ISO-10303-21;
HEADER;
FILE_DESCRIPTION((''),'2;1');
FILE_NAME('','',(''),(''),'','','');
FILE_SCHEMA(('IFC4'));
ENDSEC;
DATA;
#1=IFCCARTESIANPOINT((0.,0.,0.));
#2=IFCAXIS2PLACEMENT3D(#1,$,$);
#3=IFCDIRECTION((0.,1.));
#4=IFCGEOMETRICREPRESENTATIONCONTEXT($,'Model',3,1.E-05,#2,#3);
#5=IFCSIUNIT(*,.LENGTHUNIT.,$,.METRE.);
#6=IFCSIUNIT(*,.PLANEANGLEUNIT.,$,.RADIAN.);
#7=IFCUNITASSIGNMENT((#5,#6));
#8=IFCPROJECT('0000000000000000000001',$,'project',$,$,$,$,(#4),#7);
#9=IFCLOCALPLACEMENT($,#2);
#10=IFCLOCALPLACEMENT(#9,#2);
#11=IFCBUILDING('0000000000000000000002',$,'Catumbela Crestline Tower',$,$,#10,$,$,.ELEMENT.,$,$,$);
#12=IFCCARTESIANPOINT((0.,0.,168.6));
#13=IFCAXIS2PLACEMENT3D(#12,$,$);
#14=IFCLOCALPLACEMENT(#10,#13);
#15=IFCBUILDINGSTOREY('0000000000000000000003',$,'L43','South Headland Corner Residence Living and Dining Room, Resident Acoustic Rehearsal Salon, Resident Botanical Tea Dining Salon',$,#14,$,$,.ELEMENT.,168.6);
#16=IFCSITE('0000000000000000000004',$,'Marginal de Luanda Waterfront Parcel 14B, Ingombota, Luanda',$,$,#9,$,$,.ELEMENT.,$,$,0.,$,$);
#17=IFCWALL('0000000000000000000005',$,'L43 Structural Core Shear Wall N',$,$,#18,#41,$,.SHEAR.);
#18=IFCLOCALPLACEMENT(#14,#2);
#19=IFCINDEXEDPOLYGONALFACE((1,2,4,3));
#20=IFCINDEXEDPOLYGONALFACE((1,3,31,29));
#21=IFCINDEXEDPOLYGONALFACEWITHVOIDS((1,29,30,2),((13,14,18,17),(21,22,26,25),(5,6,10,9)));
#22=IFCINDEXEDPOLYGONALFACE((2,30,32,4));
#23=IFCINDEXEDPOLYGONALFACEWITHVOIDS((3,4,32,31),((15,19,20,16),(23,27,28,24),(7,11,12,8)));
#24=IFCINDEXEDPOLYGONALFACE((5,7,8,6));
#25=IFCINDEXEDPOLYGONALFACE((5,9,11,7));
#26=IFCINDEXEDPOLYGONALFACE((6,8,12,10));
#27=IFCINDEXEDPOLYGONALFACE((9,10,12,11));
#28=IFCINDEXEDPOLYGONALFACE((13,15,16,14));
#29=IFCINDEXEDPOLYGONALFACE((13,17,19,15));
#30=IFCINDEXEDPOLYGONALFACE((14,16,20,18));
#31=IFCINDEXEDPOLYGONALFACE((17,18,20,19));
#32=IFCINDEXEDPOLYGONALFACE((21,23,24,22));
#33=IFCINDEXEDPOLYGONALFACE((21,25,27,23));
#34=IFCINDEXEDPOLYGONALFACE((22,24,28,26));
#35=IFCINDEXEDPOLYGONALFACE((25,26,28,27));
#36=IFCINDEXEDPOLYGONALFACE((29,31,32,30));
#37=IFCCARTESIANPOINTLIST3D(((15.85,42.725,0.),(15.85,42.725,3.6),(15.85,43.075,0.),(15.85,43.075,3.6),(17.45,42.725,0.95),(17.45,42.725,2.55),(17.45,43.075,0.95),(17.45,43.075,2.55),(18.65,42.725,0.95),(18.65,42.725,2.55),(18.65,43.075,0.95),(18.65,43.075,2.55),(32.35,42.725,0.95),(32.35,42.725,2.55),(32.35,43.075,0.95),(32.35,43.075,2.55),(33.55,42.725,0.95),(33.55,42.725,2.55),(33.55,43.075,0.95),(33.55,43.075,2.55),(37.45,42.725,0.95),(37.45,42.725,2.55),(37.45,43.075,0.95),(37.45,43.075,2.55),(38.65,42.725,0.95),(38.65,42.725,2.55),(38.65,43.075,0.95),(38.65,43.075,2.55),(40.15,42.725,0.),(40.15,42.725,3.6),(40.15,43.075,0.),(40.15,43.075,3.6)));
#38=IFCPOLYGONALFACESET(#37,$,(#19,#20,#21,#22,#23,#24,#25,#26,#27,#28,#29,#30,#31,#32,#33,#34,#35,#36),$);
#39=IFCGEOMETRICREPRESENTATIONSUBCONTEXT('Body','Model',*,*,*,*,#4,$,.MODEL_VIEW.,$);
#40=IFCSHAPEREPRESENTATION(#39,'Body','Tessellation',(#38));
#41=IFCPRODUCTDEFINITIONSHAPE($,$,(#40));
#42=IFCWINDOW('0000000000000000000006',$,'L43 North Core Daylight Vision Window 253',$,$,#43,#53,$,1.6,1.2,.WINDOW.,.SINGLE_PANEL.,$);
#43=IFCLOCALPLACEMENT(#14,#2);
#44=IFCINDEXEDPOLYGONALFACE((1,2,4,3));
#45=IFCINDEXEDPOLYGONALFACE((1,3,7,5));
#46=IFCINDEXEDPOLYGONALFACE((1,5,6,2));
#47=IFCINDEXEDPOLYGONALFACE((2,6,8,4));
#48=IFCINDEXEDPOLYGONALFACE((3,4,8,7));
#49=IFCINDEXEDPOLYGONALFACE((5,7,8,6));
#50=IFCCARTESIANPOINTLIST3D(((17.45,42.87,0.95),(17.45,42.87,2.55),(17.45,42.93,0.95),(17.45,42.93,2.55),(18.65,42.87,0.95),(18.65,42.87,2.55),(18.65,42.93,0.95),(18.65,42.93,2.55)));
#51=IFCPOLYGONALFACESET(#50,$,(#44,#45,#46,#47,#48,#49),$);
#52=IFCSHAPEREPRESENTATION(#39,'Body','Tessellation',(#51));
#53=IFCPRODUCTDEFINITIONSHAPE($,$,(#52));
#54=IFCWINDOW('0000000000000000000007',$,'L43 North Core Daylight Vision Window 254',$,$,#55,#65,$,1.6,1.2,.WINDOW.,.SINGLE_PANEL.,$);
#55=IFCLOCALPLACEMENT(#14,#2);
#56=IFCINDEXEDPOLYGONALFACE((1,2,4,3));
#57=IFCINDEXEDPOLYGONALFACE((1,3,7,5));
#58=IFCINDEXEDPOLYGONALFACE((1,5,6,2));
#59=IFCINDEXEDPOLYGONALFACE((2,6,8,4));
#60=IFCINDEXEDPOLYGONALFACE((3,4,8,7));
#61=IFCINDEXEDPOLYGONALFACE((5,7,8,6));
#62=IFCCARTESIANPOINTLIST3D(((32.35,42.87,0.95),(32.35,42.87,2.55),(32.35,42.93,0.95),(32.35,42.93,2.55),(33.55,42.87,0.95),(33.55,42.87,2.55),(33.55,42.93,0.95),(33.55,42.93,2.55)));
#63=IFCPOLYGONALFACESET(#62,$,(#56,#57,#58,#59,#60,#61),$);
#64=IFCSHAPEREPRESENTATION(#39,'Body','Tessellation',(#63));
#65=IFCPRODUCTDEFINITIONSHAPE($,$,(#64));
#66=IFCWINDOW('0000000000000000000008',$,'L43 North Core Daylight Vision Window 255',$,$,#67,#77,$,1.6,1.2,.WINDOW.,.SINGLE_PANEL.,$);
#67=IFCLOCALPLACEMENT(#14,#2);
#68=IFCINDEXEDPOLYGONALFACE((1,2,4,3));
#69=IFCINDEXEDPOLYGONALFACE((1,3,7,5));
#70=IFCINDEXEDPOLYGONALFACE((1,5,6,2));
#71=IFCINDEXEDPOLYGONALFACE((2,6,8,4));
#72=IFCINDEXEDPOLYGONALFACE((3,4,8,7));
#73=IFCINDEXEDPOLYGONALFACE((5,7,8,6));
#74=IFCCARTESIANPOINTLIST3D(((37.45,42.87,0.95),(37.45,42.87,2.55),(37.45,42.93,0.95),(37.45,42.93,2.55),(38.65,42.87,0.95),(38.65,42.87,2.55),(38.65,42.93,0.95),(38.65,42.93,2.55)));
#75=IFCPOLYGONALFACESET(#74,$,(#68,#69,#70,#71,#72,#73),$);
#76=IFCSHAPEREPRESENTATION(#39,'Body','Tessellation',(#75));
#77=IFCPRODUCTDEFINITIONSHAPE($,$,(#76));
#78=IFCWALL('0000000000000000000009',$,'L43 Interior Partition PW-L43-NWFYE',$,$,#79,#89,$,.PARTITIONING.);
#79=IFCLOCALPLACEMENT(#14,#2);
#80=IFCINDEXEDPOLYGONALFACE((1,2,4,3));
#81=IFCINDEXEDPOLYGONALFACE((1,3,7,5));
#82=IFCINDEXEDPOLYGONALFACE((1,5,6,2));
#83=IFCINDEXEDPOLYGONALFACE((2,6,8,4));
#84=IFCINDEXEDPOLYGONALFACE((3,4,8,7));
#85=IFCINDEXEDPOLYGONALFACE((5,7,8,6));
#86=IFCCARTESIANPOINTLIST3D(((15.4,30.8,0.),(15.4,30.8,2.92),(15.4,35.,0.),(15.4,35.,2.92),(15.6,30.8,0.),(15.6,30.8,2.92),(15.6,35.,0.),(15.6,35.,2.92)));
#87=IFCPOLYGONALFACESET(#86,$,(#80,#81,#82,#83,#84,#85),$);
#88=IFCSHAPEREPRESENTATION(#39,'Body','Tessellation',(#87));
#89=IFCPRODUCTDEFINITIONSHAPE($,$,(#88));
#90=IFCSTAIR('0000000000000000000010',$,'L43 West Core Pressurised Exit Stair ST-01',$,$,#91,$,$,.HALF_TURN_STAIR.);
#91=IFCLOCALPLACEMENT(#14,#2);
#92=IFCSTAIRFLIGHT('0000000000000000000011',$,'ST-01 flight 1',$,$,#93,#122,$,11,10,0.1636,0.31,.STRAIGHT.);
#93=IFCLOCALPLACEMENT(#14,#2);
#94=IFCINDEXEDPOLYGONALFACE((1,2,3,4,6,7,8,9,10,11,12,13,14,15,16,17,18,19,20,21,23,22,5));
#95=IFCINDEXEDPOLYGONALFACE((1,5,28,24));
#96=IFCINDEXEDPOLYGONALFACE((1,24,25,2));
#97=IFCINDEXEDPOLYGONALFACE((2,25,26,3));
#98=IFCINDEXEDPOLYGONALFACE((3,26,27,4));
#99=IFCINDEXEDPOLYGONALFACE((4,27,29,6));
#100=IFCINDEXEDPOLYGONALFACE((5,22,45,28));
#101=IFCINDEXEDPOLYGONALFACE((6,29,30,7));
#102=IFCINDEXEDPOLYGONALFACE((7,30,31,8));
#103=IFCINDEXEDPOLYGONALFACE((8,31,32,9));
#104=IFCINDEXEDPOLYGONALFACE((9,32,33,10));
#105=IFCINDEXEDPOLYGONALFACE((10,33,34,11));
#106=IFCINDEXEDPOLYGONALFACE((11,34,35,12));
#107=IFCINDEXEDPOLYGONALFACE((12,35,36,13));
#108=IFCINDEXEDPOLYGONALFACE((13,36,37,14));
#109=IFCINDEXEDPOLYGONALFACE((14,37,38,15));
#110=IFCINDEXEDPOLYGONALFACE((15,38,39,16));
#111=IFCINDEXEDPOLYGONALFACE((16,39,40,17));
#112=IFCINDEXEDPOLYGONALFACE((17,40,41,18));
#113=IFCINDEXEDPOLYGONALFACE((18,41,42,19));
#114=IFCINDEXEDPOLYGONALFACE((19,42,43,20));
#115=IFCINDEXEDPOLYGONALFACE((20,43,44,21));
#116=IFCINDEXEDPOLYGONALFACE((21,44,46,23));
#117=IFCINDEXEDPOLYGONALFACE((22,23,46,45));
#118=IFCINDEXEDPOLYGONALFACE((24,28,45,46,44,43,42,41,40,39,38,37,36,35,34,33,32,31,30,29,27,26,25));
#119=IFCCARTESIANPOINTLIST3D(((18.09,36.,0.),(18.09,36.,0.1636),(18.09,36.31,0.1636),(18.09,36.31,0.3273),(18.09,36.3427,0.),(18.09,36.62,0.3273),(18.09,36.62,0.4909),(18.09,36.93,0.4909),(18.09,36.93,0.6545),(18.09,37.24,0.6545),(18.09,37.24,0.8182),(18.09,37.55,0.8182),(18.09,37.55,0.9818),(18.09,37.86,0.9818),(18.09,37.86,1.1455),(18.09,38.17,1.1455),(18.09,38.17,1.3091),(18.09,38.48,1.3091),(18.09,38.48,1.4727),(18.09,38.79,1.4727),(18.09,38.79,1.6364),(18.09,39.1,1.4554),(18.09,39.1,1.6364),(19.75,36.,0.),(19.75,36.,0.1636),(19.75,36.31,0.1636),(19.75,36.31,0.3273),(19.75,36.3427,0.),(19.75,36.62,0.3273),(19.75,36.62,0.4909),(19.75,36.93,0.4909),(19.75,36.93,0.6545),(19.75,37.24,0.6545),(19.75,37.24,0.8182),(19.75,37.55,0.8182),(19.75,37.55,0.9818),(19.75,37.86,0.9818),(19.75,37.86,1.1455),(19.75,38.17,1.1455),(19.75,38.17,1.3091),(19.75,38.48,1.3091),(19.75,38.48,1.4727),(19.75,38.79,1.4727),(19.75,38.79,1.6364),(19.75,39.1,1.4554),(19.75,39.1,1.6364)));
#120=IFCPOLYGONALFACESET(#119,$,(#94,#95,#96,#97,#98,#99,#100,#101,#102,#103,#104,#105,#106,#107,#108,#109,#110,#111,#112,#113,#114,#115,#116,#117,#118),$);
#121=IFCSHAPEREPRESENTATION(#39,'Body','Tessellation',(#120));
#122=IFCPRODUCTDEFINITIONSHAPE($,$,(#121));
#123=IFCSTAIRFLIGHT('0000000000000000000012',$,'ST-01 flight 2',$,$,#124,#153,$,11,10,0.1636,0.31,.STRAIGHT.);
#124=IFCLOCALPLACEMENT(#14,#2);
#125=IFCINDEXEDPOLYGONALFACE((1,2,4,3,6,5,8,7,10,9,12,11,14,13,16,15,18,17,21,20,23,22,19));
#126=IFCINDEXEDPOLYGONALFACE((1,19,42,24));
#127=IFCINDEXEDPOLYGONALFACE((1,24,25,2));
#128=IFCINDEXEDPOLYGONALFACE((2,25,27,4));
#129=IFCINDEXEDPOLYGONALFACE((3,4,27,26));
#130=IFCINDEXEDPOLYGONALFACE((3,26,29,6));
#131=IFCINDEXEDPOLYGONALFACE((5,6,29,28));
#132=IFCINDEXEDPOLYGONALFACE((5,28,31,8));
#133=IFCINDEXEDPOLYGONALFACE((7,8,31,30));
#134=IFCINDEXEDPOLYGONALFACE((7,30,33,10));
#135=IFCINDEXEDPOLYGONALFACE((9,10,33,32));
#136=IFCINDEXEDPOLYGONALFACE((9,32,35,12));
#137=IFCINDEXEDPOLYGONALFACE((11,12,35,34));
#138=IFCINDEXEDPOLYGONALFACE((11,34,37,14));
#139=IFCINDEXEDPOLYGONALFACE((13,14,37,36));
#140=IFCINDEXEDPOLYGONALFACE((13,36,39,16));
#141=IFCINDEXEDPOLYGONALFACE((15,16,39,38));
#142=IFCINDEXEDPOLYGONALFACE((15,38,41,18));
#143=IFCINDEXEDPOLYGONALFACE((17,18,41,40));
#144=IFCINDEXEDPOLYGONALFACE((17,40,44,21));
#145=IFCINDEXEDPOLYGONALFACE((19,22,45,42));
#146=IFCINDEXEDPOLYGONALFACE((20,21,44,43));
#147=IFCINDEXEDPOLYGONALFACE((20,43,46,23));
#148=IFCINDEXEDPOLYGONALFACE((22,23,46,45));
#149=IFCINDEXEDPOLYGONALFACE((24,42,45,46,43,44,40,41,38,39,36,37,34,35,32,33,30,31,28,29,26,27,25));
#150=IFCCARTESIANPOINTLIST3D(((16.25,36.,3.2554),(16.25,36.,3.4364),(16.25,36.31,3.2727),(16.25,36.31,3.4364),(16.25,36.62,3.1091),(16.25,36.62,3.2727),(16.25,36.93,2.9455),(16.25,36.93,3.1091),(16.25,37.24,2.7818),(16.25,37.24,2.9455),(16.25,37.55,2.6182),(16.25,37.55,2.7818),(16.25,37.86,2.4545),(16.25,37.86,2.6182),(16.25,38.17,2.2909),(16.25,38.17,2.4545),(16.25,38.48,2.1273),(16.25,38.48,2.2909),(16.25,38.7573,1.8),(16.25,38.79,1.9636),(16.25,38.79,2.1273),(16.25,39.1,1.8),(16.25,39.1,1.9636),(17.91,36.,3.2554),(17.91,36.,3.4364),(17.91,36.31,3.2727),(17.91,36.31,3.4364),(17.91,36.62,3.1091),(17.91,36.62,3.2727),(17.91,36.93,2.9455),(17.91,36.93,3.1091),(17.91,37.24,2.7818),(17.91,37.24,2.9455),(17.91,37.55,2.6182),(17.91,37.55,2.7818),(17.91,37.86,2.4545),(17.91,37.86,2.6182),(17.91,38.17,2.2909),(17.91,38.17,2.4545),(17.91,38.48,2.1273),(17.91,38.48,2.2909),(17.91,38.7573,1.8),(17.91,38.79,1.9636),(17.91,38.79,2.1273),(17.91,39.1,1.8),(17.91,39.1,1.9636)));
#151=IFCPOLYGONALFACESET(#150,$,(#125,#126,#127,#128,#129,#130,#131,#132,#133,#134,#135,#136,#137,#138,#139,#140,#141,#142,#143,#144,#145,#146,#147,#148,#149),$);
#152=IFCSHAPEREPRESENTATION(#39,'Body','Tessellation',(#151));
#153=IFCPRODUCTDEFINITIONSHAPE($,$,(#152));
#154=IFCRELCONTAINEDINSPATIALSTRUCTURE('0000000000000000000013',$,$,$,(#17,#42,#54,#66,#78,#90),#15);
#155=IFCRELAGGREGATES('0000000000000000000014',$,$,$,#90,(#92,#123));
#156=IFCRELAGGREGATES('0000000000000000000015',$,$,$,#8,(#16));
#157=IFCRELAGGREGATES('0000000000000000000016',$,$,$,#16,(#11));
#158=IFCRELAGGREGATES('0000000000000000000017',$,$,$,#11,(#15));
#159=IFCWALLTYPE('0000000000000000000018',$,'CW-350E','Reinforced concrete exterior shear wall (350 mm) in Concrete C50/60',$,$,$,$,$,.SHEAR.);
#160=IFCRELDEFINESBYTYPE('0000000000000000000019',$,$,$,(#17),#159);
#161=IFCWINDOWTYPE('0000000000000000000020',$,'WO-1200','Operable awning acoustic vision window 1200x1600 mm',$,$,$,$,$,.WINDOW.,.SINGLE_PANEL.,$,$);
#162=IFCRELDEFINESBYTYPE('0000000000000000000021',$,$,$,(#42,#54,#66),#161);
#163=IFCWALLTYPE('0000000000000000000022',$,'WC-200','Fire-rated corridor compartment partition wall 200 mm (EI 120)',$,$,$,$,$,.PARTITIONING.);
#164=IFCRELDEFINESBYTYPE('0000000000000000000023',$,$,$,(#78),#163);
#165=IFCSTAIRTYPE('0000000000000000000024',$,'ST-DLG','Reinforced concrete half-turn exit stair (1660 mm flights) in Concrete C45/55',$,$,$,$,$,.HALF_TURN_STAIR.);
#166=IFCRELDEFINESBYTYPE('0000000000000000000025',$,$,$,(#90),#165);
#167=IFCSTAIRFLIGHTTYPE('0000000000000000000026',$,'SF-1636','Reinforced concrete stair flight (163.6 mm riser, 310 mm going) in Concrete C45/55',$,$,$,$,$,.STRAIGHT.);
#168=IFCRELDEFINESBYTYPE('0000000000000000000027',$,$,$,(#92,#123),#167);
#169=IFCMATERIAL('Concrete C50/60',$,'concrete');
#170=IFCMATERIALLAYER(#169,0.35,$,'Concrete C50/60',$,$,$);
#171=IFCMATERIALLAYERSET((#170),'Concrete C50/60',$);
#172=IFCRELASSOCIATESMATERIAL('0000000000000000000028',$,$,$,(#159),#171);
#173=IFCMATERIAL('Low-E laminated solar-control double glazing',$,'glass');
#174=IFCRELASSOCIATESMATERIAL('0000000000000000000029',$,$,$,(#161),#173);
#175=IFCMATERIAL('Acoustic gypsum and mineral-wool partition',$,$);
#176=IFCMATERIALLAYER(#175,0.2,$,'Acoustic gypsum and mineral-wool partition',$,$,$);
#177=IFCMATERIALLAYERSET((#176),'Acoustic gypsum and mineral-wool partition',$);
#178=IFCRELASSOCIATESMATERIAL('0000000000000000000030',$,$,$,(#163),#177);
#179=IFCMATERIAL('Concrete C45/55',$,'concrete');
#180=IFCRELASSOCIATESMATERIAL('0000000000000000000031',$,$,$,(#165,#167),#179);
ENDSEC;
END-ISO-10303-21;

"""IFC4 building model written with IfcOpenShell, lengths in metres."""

from ifc_helpers import new_model, si_unit, direction, frame, frame_2d, origin, place, context, subcontext, project, spatial, polyline, rectangle, outline, extrude, material, layer, layer_set, type_object, element, fill, aggregate, save


model = new_model("IFC4")

# Units and contexts
model_context = context("Model", 3, precision=1e-05, world=origin(), true_north=direction((0.0, 1.0)))
body_context = subcontext(model_context, "Body", "Model", "MODEL_VIEW")
ifc_project = project(units=[si_unit("LENGTHUNIT", "METRE"), si_unit("PLANEANGLEUNIT", "RADIAN")], contexts=[model_context])

# Site, building, storey
site_placement = place(None, origin())
site = spatial("IfcSite", under=ifc_project, at=site_placement, Name="Marginal de Luanda Waterfront Parcel 14B, Ingombota, Luanda", CompositionType="ELEMENT", RefElevation=0.0)
building_placement = place(site_placement, origin())
building = spatial("IfcBuilding", under=site, at=building_placement, Name="Catumbela Crestline Tower", CompositionType="ELEMENT")
storey_placement = place(building_placement, frame((0.0, 0.0, 168.6)))
storey = spatial("IfcBuildingStorey", under=building, at=storey_placement, Name="L43", Description="South Headland Corner Residence Living and Dining Room, Resident Acoustic Rehearsal Salon, Resident Botanical Tea Dining Salon", CompositionType="ELEMENT", Elevation=168.6)

# Shared definitions
ifc_material_1 = material(Name="Low-E laminated solar-control double glazing", Category="glass")

# Shared definitions
ifc_material_2 = material(Name="Concrete C50/60", Category="concrete")

# Wall, openings, windows
ifc_layer_1 = layer(ifc_material_2, 0.35, Name="Concrete C50/60")
ifc_layer_set_1 = layer_set([ifc_layer_1], Name="Concrete C50/60")
wall_type_1 = type_object("IfcWallType", Name="CW-350E", Description="Reinforced concrete exterior shear wall (350 mm) in Concrete C50/60", PredefinedType="SHEAR", material=ifc_layer_set_1)
wall_1_placement = place(storey_placement, frame((15.85, 42.9, 0.0), z_axis=(0.0, 0.0, 1.0), x_axis=(1.0, 0.0, 0.0)))
wall_1 = element("IfcWall", 1, at=wall_1_placement, inside=storey, type_object=wall_type_1, Name="L43 Structural Core Shear Wall N", PredefinedType="SHEAR", context=body_context, shape_type="SweptSolid", body=[
    extrude(rectangle(XDim=24.3, YDim=0.35, at=frame_2d((12.15, 0.0))), origin(), (0.0, 0.0, 1.0), 3.6),
])
opening_1_placement = place(wall_1_placement, frame((1.6, 0.0, 0.95)))
opening_1 = element("IfcOpeningElement", 2, at=opening_1_placement, cuts=wall_1, PredefinedType="OPENING", context=body_context, shape_type="SweptSolid", body=[
    extrude(rectangle(XDim=1.2, YDim=1.6, at=frame_2d((0.6, 0.8))), frame((0.0, 0.185, 0.0), z_axis=(0.0, -1.0, 0.0), x_axis=(1.0, 0.0, 0.0)), (0.0, 0.0, 1.0), 0.37),
])
opening_2_placement = place(wall_1_placement, frame((16.5, 0.0, 0.95)))
opening_2 = element("IfcOpeningElement", 3, at=opening_2_placement, cuts=wall_1, PredefinedType="OPENING", context=body_context, shape_type="SweptSolid", body=[
    extrude(rectangle(XDim=1.2, YDim=1.6, at=frame_2d((0.6, 0.8))), frame((0.0, 0.185, 0.0), z_axis=(0.0, -1.0, 0.0), x_axis=(1.0, 0.0, 0.0)), (0.0, 0.0, 1.0), 0.37),
])
opening_3_placement = place(wall_1_placement, frame((21.6, 0.0, 0.95)))
opening_3 = element("IfcOpeningElement", 4, at=opening_3_placement, cuts=wall_1, PredefinedType="OPENING", context=body_context, shape_type="SweptSolid", body=[
    extrude(rectangle(XDim=1.2, YDim=1.6, at=frame_2d((0.6, 0.8))), frame((0.0, 0.185, 0.0), z_axis=(0.0, -1.0, 0.0), x_axis=(1.0, 0.0, 0.0)), (0.0, 0.0, 1.0), 0.37),
])
window_type = type_object("IfcWindowType", Name="WO-1200", Description="Operable awning acoustic vision window 1200x1600 mm", PartitioningType="SINGLE_PANEL", PredefinedType="WINDOW", material=ifc_material_1)
window_1_placement = place(opening_1_placement, origin())
window_1 = element("IfcWindow", 5, at=window_1_placement, inside=storey, type_object=window_type, Name="L43 North Core Daylight Vision Window 253", OverallHeight=1.6, OverallWidth=1.2, PartitioningType="SINGLE_PANEL", PredefinedType="WINDOW", context=body_context, shape_type="SweptSolid", body=[
    extrude(rectangle(XDim=1.2, YDim=1.6, at=frame_2d((0.6, 0.8))), frame((0.0, 0.03, 0.0), z_axis=(0.0, -1.0, 0.0), x_axis=(1.0, 0.0, 0.0)), (0.0, 0.0, 1.0), 0.06),
])
fill(opening_1, window_1)
window_2_placement = place(opening_2_placement, origin())
window_2 = element("IfcWindow", 6, at=window_2_placement, inside=storey, type_object=window_type, Name="L43 North Core Daylight Vision Window 254", OverallHeight=1.6, OverallWidth=1.2, PartitioningType="SINGLE_PANEL", PredefinedType="WINDOW", context=body_context, shape_type="SweptSolid", body=[
    extrude(rectangle(XDim=1.2, YDim=1.6, at=frame_2d((0.6, 0.8))), frame((0.0, 0.03, 0.0), z_axis=(0.0, -1.0, 0.0), x_axis=(1.0, 0.0, 0.0)), (0.0, 0.0, 1.0), 0.06),
])
fill(opening_2, window_2)
window_3_placement = place(opening_3_placement, origin())
window_3 = element("IfcWindow", 7, at=window_3_placement, inside=storey, type_object=window_type, Name="L43 North Core Daylight Vision Window 255", OverallHeight=1.6, OverallWidth=1.2, PartitioningType="SINGLE_PANEL", PredefinedType="WINDOW", context=body_context, shape_type="SweptSolid", body=[
    extrude(rectangle(XDim=1.2, YDim=1.6, at=frame_2d((0.6, 0.8))), frame((0.0, 0.03, 0.0), z_axis=(0.0, -1.0, 0.0), x_axis=(1.0, 0.0, 0.0)), (0.0, 0.0, 1.0), 0.06),
])
fill(opening_3, window_3)

# Wall
ifc_material_3 = material(Name="Acoustic gypsum and mineral-wool partition")
ifc_layer_2 = layer(ifc_material_3, 0.2, Name="Acoustic gypsum and mineral-wool partition")
ifc_layer_set_2 = layer_set([ifc_layer_2], Name="Acoustic gypsum and mineral-wool partition")
wall_type_2 = type_object("IfcWallType", Name="WC-200", Description="Fire-rated corridor compartment partition wall 200 mm (EI 120)", PredefinedType="PARTITIONING", material=ifc_layer_set_2)
wall_2_placement = place(storey_placement, frame((15.5, 30.8, 0.0), z_axis=(0.0, 0.0, 1.0), x_axis=(0.0, 1.0, 0.0)))
element("IfcWall", 8, at=wall_2_placement, inside=storey, type_object=wall_type_2, Name="L43 Interior Partition PW-L43-NWFYE", PredefinedType="PARTITIONING", context=body_context, shape_type="SweptSolid", body=[
    extrude(rectangle(XDim=4.2, YDim=0.2, at=frame_2d((2.1, 0.0))), origin(), (0.0, 0.0, 1.0), 2.92),
])

# Stair, stair flights
ifc_material_4 = material(Name="Concrete C45/55", Category="concrete")
stair_type = type_object("IfcStairType", Name="ST-DLG", Description="Reinforced concrete half-turn exit stair (1660 mm flights) in Concrete C45/55", PredefinedType="HALF_TURN_STAIR", material=ifc_material_4)
stair_placement = place(storey_placement, origin())
stair = element("IfcStair", 9, at=stair_placement, inside=storey, type_object=stair_type, Name="L43 West Core Pressurised Exit Stair ST-01", PredefinedType="HALF_TURN_STAIR")
stair_flight_type = type_object("IfcStairFlightType", Name="SF-1636", Description="Reinforced concrete stair flight (163.6 mm riser, 310 mm going) in Concrete C45/55", PredefinedType="STRAIGHT", material=ifc_material_4)
stair_flight_1_placement = place(storey_placement, frame((18.92, 36.0, 0.0), z_axis=(0.0, 0.0, 1.0), x_axis=(0.0, 1.0, 0.0)))
stair_flight_1 = element("IfcStairFlight", 10, at=stair_flight_1_placement, type_object=stair_flight_type, Name="ST-01 flight 1", NumberOfRisers=11, NumberOfTreads=10, PredefinedType="STRAIGHT", RiserHeight=0.1636, TreadLength=0.31, context=body_context, shape_type="SweptSolid", body=[
    extrude(outline(polyline([(0.0, 0.0), (0.0, 0.1636), (0.31, 0.1636), (0.31, 0.3273), (0.62, 0.3273), (0.62, 0.4909), (0.93, 0.4909), (0.93, 0.6545), (1.24, 0.6545), (1.24, 0.8182), (1.55, 0.8182), (1.55, 0.9818), (1.86, 0.9818), (1.86, 1.1455), (2.17, 1.1455), (2.17, 1.3091), (2.48, 1.3091), (2.48, 1.4727), (2.79, 1.4727), (2.79, 1.6364), (3.1, 1.6364), (3.1, 1.8), (3.1, 1.4554), (0.3427, 0.0), (0.0, 0.0)])), frame((0.0, 0.83, 0.0), z_axis=(0.0, -1.0, 0.0), x_axis=(1.0, 0.0, 0.0)), (0.0, 0.0, 1.0), 1.66),
])
stair_flight_2_placement = place(storey_placement, frame((17.08, 39.1, 1.8), z_axis=(0.0, 0.0, 1.0), x_axis=(0.0, -1.0, 0.0)))
stair_flight_2 = element("IfcStairFlight", 11, at=stair_flight_2_placement, type_object=stair_flight_type, Name="ST-01 flight 2", NumberOfRisers=11, NumberOfTreads=10, PredefinedType="STRAIGHT", RiserHeight=0.1636, TreadLength=0.31, context=body_context, shape_type="SweptSolid", body=[
    extrude(outline(polyline([(0.0, 0.0), (0.0, 0.1636), (0.31, 0.1636), (0.31, 0.3273), (0.62, 0.3273), (0.62, 0.4909), (0.93, 0.4909), (0.93, 0.6545), (1.24, 0.6545), (1.24, 0.8182), (1.55, 0.8182), (1.55, 0.9818), (1.86, 0.9818), (1.86, 1.1455), (2.17, 1.1455), (2.17, 1.3091), (2.48, 1.3091), (2.48, 1.4727), (2.79, 1.4727), (2.79, 1.6364), (3.1, 1.6364), (3.1, 1.8), (3.1, 1.4554), (0.3427, 0.0), (0.0, 0.0)])), frame((0.0, 0.83, 0.0), z_axis=(0.0, -1.0, 0.0), x_axis=(1.0, 0.0, 0.0)), (0.0, 0.0, 1.0), 1.66),
])
aggregate(stair, [stair_flight_1, stair_flight_2])

save(model, "model.ifc")
